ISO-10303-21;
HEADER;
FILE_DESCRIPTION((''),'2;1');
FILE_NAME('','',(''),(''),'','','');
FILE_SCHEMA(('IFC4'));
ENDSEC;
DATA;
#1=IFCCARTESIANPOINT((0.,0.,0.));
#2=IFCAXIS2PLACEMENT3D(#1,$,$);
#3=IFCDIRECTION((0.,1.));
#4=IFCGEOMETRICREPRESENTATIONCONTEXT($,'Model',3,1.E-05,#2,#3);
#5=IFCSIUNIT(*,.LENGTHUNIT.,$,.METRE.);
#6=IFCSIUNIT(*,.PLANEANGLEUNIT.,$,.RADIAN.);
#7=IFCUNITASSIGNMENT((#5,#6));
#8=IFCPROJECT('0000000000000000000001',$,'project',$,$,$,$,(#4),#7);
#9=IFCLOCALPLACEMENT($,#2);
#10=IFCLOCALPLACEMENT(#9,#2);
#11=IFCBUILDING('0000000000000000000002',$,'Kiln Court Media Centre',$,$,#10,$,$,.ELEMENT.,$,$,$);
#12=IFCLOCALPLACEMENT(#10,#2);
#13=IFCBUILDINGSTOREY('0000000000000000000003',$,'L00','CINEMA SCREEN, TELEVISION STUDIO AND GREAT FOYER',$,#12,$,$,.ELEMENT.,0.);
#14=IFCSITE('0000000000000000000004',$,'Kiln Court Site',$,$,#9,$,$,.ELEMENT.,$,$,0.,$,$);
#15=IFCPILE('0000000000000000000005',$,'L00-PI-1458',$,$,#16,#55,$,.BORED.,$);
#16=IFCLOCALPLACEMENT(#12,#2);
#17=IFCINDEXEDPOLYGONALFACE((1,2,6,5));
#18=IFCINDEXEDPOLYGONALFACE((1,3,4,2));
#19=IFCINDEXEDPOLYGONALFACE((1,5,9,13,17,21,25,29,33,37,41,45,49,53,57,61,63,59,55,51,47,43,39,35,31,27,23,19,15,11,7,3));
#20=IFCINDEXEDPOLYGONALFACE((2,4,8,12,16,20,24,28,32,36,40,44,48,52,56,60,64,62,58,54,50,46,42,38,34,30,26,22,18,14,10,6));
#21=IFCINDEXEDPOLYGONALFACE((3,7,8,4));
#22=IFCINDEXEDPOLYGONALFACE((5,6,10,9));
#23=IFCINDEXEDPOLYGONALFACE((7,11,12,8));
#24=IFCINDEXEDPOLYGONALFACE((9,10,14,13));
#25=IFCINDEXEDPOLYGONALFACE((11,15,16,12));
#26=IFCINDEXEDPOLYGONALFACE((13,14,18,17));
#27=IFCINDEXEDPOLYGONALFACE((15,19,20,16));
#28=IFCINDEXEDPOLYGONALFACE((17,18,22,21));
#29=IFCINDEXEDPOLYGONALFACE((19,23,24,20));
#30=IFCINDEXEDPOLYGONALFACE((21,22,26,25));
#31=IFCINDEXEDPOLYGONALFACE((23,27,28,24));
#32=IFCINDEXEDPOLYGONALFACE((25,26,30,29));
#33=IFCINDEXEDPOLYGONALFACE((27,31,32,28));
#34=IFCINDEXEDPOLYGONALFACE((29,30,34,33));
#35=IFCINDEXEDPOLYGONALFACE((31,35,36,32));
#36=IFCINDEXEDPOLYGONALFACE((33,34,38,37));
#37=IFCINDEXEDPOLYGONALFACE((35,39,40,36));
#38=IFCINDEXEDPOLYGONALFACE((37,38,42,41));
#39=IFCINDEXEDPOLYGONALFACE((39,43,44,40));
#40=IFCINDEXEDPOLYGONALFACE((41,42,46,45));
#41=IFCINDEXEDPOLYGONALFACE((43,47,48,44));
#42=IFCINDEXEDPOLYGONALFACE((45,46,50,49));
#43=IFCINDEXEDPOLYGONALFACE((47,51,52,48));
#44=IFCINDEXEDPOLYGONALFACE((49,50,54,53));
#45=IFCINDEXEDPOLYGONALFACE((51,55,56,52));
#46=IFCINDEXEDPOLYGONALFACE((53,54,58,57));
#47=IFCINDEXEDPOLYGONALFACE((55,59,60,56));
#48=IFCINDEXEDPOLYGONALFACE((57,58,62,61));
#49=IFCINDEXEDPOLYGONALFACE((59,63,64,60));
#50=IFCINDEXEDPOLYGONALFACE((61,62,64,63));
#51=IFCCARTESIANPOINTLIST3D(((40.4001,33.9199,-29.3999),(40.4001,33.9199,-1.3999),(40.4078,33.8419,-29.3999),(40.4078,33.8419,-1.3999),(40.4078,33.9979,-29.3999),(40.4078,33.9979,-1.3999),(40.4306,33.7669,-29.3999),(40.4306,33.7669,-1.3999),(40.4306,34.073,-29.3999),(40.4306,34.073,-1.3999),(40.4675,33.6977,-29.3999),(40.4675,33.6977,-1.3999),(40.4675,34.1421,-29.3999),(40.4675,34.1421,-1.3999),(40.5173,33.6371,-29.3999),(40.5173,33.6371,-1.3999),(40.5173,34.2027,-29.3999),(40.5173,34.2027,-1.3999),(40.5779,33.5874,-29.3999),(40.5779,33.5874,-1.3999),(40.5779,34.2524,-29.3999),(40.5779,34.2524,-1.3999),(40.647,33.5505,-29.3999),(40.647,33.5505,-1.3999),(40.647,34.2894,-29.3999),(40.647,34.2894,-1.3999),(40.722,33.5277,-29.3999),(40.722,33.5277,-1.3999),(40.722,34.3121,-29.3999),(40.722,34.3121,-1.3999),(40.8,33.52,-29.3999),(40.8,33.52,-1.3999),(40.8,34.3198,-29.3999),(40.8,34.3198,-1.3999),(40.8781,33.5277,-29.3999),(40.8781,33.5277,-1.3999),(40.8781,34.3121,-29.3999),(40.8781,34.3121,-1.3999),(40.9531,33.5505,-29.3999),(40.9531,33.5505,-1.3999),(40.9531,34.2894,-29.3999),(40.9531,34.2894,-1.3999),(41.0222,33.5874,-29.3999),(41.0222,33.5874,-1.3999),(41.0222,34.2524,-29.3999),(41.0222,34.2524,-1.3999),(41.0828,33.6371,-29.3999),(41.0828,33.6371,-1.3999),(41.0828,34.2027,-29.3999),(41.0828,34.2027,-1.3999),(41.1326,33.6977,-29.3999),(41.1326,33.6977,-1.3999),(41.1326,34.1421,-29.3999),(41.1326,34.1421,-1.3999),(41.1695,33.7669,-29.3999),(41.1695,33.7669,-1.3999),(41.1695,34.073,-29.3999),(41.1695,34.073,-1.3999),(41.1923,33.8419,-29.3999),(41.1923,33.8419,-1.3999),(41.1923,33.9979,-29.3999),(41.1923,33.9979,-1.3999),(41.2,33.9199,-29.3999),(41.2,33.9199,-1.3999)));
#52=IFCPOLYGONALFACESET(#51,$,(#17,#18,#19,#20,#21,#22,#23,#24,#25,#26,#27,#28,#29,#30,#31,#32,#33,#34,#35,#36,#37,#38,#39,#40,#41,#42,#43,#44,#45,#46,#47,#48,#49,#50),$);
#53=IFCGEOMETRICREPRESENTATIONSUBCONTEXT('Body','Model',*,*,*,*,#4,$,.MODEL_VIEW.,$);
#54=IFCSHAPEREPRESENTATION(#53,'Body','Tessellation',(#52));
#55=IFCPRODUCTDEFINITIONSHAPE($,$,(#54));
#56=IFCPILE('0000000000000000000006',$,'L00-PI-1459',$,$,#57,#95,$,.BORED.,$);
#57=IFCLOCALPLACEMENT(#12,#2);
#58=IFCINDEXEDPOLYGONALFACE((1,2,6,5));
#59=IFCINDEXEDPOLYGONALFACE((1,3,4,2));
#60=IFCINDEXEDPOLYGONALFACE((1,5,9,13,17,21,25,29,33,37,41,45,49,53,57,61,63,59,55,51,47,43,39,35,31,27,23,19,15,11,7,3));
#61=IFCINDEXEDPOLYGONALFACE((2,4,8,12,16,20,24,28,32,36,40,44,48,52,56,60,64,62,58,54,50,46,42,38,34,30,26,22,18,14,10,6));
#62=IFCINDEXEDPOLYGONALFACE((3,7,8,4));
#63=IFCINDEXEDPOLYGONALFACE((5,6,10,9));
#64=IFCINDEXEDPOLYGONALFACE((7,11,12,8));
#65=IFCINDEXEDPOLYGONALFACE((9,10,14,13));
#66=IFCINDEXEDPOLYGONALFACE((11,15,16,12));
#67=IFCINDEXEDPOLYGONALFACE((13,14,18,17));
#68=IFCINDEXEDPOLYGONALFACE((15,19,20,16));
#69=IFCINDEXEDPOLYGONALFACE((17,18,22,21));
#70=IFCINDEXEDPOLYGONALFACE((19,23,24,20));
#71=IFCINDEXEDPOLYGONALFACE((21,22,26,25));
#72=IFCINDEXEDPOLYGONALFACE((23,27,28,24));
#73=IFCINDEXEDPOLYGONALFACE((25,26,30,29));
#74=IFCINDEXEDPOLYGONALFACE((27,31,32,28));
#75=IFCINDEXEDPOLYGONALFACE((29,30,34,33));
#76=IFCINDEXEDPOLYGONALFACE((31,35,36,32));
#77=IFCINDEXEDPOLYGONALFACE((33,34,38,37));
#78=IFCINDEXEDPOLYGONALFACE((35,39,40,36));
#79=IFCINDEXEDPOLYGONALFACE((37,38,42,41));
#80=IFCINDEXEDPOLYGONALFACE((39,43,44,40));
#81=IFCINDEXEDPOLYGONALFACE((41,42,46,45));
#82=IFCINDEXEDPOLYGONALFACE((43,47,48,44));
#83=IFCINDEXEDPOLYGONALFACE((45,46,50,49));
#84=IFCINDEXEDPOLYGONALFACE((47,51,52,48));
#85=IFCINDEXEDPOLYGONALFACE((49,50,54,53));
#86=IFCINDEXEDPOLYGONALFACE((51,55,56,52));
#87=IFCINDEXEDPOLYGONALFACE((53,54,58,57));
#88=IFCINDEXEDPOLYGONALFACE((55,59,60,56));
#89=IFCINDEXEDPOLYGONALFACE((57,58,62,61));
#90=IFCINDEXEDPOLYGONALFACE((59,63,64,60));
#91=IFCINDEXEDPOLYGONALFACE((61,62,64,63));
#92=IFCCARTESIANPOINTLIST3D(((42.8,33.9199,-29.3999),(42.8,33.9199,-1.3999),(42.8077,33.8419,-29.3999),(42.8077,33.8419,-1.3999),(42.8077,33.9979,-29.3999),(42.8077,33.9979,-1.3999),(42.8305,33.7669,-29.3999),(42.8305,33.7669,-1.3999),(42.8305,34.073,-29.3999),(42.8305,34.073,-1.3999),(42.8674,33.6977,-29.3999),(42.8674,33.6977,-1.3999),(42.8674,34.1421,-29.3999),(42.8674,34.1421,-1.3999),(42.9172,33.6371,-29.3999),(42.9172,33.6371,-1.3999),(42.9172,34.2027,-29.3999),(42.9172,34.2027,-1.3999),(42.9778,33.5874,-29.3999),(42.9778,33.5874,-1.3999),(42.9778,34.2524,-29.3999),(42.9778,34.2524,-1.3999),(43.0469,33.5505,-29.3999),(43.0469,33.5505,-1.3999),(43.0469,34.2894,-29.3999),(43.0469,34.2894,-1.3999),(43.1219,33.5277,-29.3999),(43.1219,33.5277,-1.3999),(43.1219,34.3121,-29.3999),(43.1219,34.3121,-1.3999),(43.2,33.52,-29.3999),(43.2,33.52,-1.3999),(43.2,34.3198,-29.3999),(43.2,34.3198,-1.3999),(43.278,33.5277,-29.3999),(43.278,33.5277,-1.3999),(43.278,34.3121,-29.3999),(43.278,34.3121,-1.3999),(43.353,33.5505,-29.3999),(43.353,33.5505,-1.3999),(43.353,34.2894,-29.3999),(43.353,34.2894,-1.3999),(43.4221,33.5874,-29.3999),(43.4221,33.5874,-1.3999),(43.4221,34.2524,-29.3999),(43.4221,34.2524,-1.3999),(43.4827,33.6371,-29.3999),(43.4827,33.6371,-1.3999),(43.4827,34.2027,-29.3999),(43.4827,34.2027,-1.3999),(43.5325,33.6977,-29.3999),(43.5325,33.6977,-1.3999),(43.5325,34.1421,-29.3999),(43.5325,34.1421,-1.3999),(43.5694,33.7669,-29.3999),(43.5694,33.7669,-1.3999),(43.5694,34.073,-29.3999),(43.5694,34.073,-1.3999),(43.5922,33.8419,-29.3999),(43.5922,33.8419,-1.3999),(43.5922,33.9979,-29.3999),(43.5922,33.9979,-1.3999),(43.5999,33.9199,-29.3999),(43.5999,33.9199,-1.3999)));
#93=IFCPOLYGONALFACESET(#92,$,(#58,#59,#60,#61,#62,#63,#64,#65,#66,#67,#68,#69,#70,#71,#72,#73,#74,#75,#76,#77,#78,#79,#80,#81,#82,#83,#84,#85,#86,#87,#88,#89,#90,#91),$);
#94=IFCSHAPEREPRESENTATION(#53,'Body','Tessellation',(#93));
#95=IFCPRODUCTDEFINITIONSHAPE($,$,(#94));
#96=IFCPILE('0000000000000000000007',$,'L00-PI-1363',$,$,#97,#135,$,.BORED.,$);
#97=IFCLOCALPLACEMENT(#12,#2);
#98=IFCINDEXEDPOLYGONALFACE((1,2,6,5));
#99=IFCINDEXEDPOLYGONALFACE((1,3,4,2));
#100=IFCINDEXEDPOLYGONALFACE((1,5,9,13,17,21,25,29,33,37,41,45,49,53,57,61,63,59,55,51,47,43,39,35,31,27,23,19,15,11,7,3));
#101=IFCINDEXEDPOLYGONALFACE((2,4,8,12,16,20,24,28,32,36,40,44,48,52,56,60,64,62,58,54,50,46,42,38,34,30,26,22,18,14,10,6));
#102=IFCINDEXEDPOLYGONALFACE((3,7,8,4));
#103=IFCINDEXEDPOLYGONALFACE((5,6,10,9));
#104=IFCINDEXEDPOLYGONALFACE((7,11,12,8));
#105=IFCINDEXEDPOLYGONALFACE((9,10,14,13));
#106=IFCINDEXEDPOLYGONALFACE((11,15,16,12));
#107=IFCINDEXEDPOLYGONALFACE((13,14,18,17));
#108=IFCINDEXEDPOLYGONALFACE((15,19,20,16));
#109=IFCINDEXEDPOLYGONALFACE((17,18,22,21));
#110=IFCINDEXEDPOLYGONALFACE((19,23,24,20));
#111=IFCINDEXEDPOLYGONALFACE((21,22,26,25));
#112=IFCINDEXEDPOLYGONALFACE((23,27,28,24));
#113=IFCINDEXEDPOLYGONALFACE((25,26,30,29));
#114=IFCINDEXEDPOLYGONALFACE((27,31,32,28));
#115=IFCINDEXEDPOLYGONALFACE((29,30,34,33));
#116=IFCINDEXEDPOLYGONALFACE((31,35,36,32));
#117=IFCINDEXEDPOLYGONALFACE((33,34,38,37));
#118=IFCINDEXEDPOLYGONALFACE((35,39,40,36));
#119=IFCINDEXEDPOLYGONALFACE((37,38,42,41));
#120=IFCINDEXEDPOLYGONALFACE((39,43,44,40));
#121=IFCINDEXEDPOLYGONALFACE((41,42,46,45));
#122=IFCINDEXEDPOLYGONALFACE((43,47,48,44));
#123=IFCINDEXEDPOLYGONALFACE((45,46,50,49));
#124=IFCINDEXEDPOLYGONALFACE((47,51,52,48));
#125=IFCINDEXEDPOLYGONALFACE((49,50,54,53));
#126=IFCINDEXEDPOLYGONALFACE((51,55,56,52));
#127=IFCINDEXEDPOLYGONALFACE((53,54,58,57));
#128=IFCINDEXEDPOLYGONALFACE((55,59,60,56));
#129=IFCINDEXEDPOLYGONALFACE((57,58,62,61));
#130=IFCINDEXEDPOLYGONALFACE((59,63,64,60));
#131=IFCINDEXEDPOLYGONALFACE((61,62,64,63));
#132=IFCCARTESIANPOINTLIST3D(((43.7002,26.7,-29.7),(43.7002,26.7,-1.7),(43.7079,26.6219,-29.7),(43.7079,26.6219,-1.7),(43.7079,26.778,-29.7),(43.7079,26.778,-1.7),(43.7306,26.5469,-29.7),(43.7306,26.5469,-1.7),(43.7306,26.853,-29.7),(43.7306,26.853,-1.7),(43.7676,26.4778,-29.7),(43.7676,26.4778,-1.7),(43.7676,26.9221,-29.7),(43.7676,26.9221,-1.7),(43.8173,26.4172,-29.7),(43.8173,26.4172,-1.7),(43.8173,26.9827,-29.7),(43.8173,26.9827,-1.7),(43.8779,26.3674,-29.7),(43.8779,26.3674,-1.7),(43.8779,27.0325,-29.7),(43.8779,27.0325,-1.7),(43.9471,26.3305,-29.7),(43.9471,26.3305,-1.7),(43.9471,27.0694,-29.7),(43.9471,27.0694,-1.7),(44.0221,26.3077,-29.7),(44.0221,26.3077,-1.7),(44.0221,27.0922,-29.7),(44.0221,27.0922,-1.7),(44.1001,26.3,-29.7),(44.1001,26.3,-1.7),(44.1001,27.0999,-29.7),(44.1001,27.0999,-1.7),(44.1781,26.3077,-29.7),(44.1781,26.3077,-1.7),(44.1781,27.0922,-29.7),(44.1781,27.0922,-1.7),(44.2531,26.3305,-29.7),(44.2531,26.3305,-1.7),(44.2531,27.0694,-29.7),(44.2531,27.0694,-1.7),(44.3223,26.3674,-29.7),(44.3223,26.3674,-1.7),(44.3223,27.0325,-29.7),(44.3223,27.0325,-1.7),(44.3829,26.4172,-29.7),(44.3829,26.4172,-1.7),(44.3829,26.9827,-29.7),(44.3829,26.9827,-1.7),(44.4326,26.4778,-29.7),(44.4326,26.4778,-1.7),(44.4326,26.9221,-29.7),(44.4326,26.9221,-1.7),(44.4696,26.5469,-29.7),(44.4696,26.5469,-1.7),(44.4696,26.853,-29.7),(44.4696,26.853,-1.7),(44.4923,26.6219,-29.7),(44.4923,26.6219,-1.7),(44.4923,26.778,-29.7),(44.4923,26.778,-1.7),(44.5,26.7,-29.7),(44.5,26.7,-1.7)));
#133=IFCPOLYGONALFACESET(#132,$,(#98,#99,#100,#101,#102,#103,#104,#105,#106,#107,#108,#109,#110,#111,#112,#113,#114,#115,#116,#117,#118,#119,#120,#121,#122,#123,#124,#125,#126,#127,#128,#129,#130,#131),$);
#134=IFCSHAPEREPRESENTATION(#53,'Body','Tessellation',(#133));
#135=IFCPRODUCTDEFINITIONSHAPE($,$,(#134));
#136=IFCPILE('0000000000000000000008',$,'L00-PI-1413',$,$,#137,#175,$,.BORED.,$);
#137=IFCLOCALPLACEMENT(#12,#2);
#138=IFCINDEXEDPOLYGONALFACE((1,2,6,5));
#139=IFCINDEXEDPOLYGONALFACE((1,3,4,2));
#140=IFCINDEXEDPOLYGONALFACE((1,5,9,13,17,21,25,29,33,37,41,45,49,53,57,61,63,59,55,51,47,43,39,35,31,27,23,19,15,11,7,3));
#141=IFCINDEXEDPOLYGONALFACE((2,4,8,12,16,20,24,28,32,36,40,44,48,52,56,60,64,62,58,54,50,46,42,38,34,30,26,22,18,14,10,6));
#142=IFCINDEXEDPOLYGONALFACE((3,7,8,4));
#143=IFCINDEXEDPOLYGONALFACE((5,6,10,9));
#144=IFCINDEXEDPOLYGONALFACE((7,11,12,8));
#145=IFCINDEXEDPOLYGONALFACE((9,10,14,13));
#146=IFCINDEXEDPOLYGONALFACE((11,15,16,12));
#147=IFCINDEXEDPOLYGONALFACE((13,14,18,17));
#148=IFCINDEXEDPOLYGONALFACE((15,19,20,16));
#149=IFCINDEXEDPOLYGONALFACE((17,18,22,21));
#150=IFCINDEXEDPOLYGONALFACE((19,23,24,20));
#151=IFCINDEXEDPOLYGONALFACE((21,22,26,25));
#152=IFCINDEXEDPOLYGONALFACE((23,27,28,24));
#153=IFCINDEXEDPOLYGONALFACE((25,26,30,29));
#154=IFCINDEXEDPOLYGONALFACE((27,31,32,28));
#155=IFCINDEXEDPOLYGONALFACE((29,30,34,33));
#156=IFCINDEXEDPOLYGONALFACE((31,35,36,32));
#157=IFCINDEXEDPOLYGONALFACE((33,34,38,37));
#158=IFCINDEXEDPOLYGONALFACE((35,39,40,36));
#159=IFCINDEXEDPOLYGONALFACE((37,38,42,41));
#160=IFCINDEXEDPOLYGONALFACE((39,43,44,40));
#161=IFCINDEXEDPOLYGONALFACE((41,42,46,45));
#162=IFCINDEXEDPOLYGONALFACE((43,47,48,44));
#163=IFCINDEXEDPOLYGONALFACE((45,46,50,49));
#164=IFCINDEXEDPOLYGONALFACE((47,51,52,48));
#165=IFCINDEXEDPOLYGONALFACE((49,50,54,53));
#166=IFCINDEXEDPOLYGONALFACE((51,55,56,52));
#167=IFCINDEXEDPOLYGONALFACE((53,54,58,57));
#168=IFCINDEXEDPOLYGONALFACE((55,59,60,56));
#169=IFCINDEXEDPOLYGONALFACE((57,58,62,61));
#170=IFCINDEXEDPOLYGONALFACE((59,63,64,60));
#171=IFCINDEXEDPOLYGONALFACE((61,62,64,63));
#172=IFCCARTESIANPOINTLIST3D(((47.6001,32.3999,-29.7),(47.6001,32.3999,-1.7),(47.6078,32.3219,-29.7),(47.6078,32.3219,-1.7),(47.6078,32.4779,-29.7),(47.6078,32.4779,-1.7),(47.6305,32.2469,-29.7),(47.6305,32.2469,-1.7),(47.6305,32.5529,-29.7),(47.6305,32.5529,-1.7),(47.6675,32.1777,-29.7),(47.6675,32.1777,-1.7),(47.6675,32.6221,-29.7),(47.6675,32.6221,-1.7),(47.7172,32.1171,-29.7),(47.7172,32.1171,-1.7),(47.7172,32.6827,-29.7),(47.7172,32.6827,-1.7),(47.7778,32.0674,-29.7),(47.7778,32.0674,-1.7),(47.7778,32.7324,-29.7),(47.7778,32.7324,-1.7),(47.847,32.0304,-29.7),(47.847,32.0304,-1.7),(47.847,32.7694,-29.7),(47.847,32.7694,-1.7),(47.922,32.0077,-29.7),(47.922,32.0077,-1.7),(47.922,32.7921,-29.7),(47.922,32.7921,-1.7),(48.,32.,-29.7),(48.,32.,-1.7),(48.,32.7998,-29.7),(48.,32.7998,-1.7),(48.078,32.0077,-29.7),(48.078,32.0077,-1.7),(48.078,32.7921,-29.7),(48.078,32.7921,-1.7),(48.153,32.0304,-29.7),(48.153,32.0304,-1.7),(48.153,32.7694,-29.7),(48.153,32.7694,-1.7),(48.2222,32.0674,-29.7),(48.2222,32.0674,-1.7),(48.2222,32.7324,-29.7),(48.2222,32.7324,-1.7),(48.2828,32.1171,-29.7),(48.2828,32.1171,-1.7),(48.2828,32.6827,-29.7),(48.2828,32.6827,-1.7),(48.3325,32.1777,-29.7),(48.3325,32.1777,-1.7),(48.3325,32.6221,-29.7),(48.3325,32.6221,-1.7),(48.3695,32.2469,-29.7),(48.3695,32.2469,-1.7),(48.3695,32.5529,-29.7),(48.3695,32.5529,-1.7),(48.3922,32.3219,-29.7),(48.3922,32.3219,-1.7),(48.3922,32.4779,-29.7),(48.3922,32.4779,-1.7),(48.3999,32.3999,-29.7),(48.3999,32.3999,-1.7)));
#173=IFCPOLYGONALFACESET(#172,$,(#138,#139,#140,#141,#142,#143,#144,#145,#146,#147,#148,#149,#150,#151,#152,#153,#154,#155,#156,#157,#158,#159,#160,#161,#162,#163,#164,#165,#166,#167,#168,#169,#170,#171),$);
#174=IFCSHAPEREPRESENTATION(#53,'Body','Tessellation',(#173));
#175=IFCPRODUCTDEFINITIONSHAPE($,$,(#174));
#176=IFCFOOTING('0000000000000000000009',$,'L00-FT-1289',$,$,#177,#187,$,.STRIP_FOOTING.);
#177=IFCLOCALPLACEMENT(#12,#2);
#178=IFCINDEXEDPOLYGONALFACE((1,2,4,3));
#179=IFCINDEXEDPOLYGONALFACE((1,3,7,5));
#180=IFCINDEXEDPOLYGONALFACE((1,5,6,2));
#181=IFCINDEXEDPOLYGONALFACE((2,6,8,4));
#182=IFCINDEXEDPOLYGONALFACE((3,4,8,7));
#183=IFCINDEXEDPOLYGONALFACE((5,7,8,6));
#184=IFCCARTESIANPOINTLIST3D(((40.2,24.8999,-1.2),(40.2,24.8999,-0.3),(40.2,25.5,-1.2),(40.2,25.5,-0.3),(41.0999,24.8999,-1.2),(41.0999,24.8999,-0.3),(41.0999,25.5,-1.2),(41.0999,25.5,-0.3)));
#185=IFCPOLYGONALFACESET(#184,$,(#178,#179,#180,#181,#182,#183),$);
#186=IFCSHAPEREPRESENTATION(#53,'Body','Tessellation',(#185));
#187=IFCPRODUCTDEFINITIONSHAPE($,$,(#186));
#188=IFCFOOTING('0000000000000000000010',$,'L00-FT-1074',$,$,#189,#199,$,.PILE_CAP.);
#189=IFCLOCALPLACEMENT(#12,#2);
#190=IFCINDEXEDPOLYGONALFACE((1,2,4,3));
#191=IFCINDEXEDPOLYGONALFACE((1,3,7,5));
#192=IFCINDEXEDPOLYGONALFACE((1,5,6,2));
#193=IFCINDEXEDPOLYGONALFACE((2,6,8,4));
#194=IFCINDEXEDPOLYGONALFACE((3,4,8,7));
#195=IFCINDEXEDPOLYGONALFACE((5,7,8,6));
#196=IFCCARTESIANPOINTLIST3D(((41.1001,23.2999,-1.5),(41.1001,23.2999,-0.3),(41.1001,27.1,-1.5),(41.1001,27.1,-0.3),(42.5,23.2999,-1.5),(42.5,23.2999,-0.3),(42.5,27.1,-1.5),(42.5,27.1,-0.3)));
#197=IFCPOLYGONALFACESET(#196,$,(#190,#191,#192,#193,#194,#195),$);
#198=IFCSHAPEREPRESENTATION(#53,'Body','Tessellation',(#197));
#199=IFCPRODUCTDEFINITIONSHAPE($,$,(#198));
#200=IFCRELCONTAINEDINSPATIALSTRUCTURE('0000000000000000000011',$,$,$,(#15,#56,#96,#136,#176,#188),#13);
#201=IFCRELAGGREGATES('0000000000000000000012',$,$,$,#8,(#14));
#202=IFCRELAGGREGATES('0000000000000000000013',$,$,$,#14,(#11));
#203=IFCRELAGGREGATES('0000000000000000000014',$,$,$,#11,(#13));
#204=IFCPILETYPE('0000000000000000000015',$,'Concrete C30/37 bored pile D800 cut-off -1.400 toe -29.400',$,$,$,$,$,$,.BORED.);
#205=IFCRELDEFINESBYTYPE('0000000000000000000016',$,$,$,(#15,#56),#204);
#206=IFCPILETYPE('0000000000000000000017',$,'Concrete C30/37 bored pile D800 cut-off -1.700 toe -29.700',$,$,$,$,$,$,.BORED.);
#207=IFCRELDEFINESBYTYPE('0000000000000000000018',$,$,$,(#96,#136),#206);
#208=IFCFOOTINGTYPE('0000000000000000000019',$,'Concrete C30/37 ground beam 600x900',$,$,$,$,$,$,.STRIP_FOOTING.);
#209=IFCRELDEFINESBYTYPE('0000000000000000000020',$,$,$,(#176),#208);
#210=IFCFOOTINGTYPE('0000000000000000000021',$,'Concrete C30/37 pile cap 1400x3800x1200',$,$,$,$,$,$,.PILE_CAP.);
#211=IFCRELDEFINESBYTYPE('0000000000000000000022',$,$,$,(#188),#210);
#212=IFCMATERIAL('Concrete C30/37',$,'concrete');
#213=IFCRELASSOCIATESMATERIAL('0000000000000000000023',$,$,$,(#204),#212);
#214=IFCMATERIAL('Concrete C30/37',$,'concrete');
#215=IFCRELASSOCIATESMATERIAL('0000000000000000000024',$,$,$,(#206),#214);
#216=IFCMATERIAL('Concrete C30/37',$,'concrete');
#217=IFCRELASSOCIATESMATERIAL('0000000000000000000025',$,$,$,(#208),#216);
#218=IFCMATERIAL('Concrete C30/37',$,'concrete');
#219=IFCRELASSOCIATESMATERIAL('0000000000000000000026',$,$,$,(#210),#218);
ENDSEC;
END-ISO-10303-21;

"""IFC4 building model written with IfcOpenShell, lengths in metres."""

from ifc_helpers import new_model, si_unit, direction, frame, origin, origin_2d, place, context, subcontext, project, spatial, rectangle, circle, extrude, material, material_profile, profile_set, type_object, element, save


model = new_model("IFC4")

# Units and contexts
model_context = context("Model", 3, precision=1e-05, world=origin(), true_north=direction((0.0, 1.0)))
body_context = subcontext(model_context, "Body", "Model", "MODEL_VIEW")
ifc_project = project(units=[si_unit("LENGTHUNIT", "METRE"), si_unit("PLANEANGLEUNIT", "RADIAN")], contexts=[model_context])

# Site, building, storey
site_placement = place(None, origin())
site = spatial("IfcSite", under=ifc_project, at=site_placement, Name="Kiln Court Site", CompositionType="ELEMENT", RefElevation=0.0)
building_placement = place(site_placement, origin())
building = spatial("IfcBuilding", under=site, at=building_placement, Name="Kiln Court Media Centre", CompositionType="ELEMENT")
storey_placement = place(building_placement, origin())
storey = spatial("IfcBuildingStorey", under=building, at=storey_placement, Name="L00", Description="CINEMA SCREEN, TELEVISION STUDIO AND GREAT FOYER", CompositionType="ELEMENT", Elevation=0.0)

# Piles
ifc_material_1 = material(Name="Concrete C30/37", Category="concrete")
ifc_material_profile_1 = material_profile(ifc_material_1, circle(Radius=0.3999, at=origin_2d()), Name="PILE D800")
ifc_profile_set_1 = profile_set([ifc_material_profile_1], Name="Concrete C30/37")
pile_type_1 = type_object("IfcPileType", Name="Concrete C30/37 bored pile D800 cut-off -1.400 toe -29.400", PredefinedType="BORED", material=ifc_profile_set_1)
for number, where, z_axis, x_axis, name in (
    (1, (40.8, 33.9199, -1.3999), (0.0, 0.0, -1.0), (1.0, 0.0, 0.0), "L00-PI-1458"),
    (2, (43.2, 33.9199, -1.3999), (0.0, 0.0, -1.0), (1.0, 0.0, 0.0), "L00-PI-1459"),
):
    element("IfcPile", number, at=place(storey_placement, frame(where, z_axis=z_axis, x_axis=x_axis)), inside=storey, type_object=pile_type_1, Name=name, PredefinedType="BORED", context=body_context, shape_type="SweptSolid", body=[
        extrude(circle(Radius=0.3999, at=origin_2d()), origin(), (0.0, 0.0, 1.0), 28.0),
    ])
ifc_material_2 = material(Name="Concrete C30/37", Category="concrete")
ifc_material_profile_2 = material_profile(ifc_material_2, circle(Radius=0.3999, at=origin_2d()), Name="PILE D800")
ifc_profile_set_2 = profile_set([ifc_material_profile_2], Name="Concrete C30/37")
pile_type_2 = type_object("IfcPileType", Name="Concrete C30/37 bored pile D800 cut-off -1.700 toe -29.700", PredefinedType="BORED", material=ifc_profile_set_2)
for number, where, z_axis, x_axis, name in (
    (3, (44.1001, 26.7, -1.7), (0.0, 0.0, -1.0), (1.0, 0.0, 0.0), "L00-PI-1363"),
    (4, (48.0, 32.3999, -1.7), (0.0, 0.0, -1.0), (1.0, 0.0, 0.0), "L00-PI-1413"),
):
    element("IfcPile", number, at=place(storey_placement, frame(where, z_axis=z_axis, x_axis=x_axis)), inside=storey, type_object=pile_type_2, Name=name, PredefinedType="BORED", context=body_context, shape_type="SweptSolid", body=[
        extrude(circle(Radius=0.3999, at=origin_2d()), origin(), (0.0, 0.0, 1.0), 28.0),
    ])

# Footings
ifc_material_3 = material(Name="Concrete C30/37", Category="concrete")
footing_type_1 = type_object("IfcFootingType", Name="Concrete C30/37 ground beam 600x900", PredefinedType="STRIP_FOOTING", material=ifc_material_3)
footing_1_placement = place(storey_placement, frame((40.6499, 25.2, -1.2), z_axis=(0.0, 0.0, 1.0), x_axis=(1.0, 0.0, 0.0)))
element("IfcFooting", 5, at=footing_1_placement, inside=storey, type_object=footing_type_1, Name="L00-FT-1289", PredefinedType="STRIP_FOOTING", context=body_context, shape_type="SweptSolid", body=[
    extrude(rectangle(XDim=0.8999, YDim=0.6001, at=origin_2d()), origin(), (0.0, 0.0, 1.0), 0.8999),
])
ifc_material_4 = material(Name="Concrete C30/37", Category="concrete")
footing_type_2 = type_object("IfcFootingType", Name="Concrete C30/37 pile cap 1400x3800x1200", PredefinedType="PILE_CAP", material=ifc_material_4)
footing_2_placement = place(storey_placement, frame((41.8, 25.2, -1.5), z_axis=(0.0, 0.0, 1.0), x_axis=(1.0, 0.0, 0.0)))
element("IfcFooting", 6, at=footing_2_placement, inside=storey, type_object=footing_type_2, Name="L00-FT-1074", PredefinedType="PILE_CAP", context=body_context, shape_type="SweptSolid", body=[
    extrude(rectangle(XDim=1.3999, YDim=3.8, at=origin_2d()), origin(), (0.0, 0.0, 1.0), 1.2),
])

save(model, "model.ifc")
